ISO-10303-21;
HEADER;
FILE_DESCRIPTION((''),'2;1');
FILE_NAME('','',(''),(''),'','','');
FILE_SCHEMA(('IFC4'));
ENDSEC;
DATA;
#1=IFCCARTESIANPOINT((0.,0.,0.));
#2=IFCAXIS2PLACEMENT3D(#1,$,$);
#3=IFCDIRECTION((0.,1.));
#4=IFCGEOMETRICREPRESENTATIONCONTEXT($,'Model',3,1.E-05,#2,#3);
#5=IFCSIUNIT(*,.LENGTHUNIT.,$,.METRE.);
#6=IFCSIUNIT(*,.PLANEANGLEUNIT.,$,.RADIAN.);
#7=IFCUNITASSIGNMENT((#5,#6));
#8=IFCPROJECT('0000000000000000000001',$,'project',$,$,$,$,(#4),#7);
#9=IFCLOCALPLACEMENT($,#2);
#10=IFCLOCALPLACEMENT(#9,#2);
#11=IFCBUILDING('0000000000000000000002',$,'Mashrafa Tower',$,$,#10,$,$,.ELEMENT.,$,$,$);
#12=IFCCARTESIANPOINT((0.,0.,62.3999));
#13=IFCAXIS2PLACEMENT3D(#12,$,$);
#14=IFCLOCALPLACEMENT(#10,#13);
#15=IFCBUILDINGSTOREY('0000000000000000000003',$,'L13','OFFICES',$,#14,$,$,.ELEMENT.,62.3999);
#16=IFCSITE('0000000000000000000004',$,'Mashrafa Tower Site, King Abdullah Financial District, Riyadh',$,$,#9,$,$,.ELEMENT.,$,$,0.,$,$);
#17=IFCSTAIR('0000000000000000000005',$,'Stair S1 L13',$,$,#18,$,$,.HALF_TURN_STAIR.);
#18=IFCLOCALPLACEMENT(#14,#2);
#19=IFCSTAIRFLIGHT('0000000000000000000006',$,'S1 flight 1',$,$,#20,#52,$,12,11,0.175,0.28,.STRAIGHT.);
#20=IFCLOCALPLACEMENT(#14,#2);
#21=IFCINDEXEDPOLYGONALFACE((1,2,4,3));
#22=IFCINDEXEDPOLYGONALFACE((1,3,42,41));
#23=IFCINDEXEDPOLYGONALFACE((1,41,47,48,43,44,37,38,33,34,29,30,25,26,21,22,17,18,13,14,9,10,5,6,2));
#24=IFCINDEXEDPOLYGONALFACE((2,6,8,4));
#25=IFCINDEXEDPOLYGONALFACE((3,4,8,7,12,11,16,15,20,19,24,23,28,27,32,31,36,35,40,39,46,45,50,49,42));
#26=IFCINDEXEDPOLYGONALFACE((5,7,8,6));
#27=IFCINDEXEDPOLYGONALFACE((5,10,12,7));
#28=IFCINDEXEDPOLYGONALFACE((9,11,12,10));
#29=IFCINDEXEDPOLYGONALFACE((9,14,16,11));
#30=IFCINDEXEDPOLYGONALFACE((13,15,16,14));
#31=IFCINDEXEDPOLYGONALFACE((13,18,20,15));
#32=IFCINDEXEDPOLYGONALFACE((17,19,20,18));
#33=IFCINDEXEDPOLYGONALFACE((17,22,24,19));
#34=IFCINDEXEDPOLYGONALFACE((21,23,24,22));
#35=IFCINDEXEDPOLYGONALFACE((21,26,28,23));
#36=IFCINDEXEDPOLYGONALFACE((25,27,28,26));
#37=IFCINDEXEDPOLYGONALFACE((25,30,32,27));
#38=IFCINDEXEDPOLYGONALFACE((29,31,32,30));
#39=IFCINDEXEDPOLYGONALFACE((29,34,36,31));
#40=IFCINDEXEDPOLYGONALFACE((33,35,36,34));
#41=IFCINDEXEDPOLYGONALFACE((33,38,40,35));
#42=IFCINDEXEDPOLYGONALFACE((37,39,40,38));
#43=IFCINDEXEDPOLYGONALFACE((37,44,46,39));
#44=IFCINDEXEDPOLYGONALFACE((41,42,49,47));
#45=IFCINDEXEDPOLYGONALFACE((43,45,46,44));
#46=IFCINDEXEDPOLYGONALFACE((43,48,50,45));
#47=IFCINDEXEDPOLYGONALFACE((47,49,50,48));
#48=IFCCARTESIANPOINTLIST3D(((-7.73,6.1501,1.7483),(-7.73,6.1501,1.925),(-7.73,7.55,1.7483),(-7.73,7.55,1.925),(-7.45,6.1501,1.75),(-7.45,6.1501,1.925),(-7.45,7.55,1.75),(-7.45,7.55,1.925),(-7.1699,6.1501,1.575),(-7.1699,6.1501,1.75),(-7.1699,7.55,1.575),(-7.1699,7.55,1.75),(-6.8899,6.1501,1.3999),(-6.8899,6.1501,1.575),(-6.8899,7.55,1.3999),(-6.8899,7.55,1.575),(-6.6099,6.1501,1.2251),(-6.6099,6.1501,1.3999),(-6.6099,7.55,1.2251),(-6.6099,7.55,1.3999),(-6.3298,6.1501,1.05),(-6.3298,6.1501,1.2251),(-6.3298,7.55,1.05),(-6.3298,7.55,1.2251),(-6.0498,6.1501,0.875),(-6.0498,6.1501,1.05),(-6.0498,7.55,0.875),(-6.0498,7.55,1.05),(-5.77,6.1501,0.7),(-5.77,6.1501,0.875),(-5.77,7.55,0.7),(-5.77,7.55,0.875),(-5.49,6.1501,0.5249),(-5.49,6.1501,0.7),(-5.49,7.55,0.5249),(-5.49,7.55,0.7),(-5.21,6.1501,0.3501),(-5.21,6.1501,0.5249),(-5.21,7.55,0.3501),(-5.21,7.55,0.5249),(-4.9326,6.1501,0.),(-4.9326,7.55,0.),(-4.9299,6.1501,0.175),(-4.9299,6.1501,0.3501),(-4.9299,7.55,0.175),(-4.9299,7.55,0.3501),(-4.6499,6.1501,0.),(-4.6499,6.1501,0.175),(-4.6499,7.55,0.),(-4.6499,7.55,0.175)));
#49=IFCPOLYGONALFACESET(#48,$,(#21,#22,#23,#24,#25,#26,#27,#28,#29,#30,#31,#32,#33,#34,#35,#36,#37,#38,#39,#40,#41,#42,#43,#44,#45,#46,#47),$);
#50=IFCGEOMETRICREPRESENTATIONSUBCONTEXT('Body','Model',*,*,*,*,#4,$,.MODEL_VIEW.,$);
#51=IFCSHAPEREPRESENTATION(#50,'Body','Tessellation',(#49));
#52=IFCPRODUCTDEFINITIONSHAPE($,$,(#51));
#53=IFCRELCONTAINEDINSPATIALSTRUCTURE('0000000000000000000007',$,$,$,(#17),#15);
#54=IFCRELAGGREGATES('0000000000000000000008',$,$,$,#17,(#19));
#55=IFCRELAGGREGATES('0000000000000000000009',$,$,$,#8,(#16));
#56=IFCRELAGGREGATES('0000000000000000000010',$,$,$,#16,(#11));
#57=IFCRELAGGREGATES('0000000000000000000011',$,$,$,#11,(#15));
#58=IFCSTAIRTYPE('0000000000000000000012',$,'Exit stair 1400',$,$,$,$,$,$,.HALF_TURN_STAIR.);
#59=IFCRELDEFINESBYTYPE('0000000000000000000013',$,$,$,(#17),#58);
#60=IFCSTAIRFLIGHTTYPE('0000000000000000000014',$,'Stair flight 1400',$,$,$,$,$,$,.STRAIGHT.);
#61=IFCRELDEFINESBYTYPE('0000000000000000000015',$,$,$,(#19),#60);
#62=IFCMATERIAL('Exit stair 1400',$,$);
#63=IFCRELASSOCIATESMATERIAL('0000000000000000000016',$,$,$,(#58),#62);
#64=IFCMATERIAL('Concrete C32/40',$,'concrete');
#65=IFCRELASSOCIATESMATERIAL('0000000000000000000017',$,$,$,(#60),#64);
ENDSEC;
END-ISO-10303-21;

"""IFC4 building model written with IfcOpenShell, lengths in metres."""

from ifc_helpers import new_model, si_unit, direction, frame, origin, place, context, subcontext, project, spatial, polyline, outline, extrude, material, type_object, element, aggregate, save


model = new_model("IFC4")

# Units and contexts
model_context = context("Model", 3, precision=1e-05, world=origin(), true_north=direction((0.0, 1.0)))
body_context = subcontext(model_context, "Body", "Model", "MODEL_VIEW")
ifc_project = project(units=[si_unit("LENGTHUNIT", "METRE"), si_unit("PLANEANGLEUNIT", "RADIAN")], contexts=[model_context])

# Site, building, storey
site_placement = place(None, origin())
site = spatial("IfcSite", under=ifc_project, at=site_placement, Name="Mashrafa Tower Site, King Abdullah Financial District, Riyadh", CompositionType="ELEMENT", RefElevation=0.0)
building_placement = place(site_placement, origin())
building = spatial("IfcBuilding", under=site, at=building_placement, Name="Mashrafa Tower", CompositionType="ELEMENT")
storey_placement = place(building_placement, frame((0.0, 0.0, 62.3999)))
storey = spatial("IfcBuildingStorey", under=building, at=storey_placement, Name="L13", Description="OFFICES", CompositionType="ELEMENT", Elevation=62.3999)

# Stair, stair flight
ifc_material_1 = material(Name="Exit stair 1400")
stair_type = type_object("IfcStairType", Name="Exit stair 1400", PredefinedType="HALF_TURN_STAIR", material=ifc_material_1)
stair_placement = place(storey_placement, origin())
stair = element("IfcStair", 1, at=stair_placement, inside=storey, type_object=stair_type, Name="Stair S1 L13", PredefinedType="HALF_TURN_STAIR")
ifc_material_2 = material(Name="Concrete C32/40", Category="concrete")
stair_flight_type = type_object("IfcStairFlightType", Name="Stair flight 1400", PredefinedType="STRAIGHT", material=ifc_material_2)
stair_flight_placement = place(storey_placement, frame((-4.6499, 6.8501, 0.0), z_axis=(0.0, 0.0, 1.0), x_axis=(-1.0, 0.0, 0.0)))
stair_flight = element("IfcStairFlight", 2, at=stair_flight_placement, type_object=stair_flight_type, Name="S1 flight 1", NumberOfRisers=12, NumberOfTreads=11, PredefinedType="STRAIGHT", RiserHeight=0.175, TreadLength=0.28, context=body_context, shape_type="SweptSolid", body=[
    extrude(outline(polyline([(0.0, 0.0), (0.0, 0.175), (0.28, 0.175), (0.28, 0.3501), (0.5601, 0.3501), (0.5601, 0.5249), (0.8401, 0.5249), (0.8401, 0.7), (1.1201, 0.7), (1.1201, 0.875), (1.3999, 0.875), (1.3999, 1.05), (1.6799, 1.05), (1.6799, 1.2251), (1.96, 1.2251), (1.96, 1.3999), (2.24, 1.3999), (2.24, 1.575), (2.52, 1.575), (2.52, 1.75), (2.8, 1.75), (2.8, 1.925), (3.0801, 1.925), (3.0801, 2.1001), (3.0801, 1.7483), (0.2827, 0.0), (0.0, 0.0)])), frame((0.0, 0.7, 0.0), z_axis=(0.0, -1.0, 0.0), x_axis=(1.0, 0.0, 0.0)), (0.0, 0.0, 1.0), 1.3999),
])
aggregate(stair, [stair_flight])

save(model, "model.ifc")
